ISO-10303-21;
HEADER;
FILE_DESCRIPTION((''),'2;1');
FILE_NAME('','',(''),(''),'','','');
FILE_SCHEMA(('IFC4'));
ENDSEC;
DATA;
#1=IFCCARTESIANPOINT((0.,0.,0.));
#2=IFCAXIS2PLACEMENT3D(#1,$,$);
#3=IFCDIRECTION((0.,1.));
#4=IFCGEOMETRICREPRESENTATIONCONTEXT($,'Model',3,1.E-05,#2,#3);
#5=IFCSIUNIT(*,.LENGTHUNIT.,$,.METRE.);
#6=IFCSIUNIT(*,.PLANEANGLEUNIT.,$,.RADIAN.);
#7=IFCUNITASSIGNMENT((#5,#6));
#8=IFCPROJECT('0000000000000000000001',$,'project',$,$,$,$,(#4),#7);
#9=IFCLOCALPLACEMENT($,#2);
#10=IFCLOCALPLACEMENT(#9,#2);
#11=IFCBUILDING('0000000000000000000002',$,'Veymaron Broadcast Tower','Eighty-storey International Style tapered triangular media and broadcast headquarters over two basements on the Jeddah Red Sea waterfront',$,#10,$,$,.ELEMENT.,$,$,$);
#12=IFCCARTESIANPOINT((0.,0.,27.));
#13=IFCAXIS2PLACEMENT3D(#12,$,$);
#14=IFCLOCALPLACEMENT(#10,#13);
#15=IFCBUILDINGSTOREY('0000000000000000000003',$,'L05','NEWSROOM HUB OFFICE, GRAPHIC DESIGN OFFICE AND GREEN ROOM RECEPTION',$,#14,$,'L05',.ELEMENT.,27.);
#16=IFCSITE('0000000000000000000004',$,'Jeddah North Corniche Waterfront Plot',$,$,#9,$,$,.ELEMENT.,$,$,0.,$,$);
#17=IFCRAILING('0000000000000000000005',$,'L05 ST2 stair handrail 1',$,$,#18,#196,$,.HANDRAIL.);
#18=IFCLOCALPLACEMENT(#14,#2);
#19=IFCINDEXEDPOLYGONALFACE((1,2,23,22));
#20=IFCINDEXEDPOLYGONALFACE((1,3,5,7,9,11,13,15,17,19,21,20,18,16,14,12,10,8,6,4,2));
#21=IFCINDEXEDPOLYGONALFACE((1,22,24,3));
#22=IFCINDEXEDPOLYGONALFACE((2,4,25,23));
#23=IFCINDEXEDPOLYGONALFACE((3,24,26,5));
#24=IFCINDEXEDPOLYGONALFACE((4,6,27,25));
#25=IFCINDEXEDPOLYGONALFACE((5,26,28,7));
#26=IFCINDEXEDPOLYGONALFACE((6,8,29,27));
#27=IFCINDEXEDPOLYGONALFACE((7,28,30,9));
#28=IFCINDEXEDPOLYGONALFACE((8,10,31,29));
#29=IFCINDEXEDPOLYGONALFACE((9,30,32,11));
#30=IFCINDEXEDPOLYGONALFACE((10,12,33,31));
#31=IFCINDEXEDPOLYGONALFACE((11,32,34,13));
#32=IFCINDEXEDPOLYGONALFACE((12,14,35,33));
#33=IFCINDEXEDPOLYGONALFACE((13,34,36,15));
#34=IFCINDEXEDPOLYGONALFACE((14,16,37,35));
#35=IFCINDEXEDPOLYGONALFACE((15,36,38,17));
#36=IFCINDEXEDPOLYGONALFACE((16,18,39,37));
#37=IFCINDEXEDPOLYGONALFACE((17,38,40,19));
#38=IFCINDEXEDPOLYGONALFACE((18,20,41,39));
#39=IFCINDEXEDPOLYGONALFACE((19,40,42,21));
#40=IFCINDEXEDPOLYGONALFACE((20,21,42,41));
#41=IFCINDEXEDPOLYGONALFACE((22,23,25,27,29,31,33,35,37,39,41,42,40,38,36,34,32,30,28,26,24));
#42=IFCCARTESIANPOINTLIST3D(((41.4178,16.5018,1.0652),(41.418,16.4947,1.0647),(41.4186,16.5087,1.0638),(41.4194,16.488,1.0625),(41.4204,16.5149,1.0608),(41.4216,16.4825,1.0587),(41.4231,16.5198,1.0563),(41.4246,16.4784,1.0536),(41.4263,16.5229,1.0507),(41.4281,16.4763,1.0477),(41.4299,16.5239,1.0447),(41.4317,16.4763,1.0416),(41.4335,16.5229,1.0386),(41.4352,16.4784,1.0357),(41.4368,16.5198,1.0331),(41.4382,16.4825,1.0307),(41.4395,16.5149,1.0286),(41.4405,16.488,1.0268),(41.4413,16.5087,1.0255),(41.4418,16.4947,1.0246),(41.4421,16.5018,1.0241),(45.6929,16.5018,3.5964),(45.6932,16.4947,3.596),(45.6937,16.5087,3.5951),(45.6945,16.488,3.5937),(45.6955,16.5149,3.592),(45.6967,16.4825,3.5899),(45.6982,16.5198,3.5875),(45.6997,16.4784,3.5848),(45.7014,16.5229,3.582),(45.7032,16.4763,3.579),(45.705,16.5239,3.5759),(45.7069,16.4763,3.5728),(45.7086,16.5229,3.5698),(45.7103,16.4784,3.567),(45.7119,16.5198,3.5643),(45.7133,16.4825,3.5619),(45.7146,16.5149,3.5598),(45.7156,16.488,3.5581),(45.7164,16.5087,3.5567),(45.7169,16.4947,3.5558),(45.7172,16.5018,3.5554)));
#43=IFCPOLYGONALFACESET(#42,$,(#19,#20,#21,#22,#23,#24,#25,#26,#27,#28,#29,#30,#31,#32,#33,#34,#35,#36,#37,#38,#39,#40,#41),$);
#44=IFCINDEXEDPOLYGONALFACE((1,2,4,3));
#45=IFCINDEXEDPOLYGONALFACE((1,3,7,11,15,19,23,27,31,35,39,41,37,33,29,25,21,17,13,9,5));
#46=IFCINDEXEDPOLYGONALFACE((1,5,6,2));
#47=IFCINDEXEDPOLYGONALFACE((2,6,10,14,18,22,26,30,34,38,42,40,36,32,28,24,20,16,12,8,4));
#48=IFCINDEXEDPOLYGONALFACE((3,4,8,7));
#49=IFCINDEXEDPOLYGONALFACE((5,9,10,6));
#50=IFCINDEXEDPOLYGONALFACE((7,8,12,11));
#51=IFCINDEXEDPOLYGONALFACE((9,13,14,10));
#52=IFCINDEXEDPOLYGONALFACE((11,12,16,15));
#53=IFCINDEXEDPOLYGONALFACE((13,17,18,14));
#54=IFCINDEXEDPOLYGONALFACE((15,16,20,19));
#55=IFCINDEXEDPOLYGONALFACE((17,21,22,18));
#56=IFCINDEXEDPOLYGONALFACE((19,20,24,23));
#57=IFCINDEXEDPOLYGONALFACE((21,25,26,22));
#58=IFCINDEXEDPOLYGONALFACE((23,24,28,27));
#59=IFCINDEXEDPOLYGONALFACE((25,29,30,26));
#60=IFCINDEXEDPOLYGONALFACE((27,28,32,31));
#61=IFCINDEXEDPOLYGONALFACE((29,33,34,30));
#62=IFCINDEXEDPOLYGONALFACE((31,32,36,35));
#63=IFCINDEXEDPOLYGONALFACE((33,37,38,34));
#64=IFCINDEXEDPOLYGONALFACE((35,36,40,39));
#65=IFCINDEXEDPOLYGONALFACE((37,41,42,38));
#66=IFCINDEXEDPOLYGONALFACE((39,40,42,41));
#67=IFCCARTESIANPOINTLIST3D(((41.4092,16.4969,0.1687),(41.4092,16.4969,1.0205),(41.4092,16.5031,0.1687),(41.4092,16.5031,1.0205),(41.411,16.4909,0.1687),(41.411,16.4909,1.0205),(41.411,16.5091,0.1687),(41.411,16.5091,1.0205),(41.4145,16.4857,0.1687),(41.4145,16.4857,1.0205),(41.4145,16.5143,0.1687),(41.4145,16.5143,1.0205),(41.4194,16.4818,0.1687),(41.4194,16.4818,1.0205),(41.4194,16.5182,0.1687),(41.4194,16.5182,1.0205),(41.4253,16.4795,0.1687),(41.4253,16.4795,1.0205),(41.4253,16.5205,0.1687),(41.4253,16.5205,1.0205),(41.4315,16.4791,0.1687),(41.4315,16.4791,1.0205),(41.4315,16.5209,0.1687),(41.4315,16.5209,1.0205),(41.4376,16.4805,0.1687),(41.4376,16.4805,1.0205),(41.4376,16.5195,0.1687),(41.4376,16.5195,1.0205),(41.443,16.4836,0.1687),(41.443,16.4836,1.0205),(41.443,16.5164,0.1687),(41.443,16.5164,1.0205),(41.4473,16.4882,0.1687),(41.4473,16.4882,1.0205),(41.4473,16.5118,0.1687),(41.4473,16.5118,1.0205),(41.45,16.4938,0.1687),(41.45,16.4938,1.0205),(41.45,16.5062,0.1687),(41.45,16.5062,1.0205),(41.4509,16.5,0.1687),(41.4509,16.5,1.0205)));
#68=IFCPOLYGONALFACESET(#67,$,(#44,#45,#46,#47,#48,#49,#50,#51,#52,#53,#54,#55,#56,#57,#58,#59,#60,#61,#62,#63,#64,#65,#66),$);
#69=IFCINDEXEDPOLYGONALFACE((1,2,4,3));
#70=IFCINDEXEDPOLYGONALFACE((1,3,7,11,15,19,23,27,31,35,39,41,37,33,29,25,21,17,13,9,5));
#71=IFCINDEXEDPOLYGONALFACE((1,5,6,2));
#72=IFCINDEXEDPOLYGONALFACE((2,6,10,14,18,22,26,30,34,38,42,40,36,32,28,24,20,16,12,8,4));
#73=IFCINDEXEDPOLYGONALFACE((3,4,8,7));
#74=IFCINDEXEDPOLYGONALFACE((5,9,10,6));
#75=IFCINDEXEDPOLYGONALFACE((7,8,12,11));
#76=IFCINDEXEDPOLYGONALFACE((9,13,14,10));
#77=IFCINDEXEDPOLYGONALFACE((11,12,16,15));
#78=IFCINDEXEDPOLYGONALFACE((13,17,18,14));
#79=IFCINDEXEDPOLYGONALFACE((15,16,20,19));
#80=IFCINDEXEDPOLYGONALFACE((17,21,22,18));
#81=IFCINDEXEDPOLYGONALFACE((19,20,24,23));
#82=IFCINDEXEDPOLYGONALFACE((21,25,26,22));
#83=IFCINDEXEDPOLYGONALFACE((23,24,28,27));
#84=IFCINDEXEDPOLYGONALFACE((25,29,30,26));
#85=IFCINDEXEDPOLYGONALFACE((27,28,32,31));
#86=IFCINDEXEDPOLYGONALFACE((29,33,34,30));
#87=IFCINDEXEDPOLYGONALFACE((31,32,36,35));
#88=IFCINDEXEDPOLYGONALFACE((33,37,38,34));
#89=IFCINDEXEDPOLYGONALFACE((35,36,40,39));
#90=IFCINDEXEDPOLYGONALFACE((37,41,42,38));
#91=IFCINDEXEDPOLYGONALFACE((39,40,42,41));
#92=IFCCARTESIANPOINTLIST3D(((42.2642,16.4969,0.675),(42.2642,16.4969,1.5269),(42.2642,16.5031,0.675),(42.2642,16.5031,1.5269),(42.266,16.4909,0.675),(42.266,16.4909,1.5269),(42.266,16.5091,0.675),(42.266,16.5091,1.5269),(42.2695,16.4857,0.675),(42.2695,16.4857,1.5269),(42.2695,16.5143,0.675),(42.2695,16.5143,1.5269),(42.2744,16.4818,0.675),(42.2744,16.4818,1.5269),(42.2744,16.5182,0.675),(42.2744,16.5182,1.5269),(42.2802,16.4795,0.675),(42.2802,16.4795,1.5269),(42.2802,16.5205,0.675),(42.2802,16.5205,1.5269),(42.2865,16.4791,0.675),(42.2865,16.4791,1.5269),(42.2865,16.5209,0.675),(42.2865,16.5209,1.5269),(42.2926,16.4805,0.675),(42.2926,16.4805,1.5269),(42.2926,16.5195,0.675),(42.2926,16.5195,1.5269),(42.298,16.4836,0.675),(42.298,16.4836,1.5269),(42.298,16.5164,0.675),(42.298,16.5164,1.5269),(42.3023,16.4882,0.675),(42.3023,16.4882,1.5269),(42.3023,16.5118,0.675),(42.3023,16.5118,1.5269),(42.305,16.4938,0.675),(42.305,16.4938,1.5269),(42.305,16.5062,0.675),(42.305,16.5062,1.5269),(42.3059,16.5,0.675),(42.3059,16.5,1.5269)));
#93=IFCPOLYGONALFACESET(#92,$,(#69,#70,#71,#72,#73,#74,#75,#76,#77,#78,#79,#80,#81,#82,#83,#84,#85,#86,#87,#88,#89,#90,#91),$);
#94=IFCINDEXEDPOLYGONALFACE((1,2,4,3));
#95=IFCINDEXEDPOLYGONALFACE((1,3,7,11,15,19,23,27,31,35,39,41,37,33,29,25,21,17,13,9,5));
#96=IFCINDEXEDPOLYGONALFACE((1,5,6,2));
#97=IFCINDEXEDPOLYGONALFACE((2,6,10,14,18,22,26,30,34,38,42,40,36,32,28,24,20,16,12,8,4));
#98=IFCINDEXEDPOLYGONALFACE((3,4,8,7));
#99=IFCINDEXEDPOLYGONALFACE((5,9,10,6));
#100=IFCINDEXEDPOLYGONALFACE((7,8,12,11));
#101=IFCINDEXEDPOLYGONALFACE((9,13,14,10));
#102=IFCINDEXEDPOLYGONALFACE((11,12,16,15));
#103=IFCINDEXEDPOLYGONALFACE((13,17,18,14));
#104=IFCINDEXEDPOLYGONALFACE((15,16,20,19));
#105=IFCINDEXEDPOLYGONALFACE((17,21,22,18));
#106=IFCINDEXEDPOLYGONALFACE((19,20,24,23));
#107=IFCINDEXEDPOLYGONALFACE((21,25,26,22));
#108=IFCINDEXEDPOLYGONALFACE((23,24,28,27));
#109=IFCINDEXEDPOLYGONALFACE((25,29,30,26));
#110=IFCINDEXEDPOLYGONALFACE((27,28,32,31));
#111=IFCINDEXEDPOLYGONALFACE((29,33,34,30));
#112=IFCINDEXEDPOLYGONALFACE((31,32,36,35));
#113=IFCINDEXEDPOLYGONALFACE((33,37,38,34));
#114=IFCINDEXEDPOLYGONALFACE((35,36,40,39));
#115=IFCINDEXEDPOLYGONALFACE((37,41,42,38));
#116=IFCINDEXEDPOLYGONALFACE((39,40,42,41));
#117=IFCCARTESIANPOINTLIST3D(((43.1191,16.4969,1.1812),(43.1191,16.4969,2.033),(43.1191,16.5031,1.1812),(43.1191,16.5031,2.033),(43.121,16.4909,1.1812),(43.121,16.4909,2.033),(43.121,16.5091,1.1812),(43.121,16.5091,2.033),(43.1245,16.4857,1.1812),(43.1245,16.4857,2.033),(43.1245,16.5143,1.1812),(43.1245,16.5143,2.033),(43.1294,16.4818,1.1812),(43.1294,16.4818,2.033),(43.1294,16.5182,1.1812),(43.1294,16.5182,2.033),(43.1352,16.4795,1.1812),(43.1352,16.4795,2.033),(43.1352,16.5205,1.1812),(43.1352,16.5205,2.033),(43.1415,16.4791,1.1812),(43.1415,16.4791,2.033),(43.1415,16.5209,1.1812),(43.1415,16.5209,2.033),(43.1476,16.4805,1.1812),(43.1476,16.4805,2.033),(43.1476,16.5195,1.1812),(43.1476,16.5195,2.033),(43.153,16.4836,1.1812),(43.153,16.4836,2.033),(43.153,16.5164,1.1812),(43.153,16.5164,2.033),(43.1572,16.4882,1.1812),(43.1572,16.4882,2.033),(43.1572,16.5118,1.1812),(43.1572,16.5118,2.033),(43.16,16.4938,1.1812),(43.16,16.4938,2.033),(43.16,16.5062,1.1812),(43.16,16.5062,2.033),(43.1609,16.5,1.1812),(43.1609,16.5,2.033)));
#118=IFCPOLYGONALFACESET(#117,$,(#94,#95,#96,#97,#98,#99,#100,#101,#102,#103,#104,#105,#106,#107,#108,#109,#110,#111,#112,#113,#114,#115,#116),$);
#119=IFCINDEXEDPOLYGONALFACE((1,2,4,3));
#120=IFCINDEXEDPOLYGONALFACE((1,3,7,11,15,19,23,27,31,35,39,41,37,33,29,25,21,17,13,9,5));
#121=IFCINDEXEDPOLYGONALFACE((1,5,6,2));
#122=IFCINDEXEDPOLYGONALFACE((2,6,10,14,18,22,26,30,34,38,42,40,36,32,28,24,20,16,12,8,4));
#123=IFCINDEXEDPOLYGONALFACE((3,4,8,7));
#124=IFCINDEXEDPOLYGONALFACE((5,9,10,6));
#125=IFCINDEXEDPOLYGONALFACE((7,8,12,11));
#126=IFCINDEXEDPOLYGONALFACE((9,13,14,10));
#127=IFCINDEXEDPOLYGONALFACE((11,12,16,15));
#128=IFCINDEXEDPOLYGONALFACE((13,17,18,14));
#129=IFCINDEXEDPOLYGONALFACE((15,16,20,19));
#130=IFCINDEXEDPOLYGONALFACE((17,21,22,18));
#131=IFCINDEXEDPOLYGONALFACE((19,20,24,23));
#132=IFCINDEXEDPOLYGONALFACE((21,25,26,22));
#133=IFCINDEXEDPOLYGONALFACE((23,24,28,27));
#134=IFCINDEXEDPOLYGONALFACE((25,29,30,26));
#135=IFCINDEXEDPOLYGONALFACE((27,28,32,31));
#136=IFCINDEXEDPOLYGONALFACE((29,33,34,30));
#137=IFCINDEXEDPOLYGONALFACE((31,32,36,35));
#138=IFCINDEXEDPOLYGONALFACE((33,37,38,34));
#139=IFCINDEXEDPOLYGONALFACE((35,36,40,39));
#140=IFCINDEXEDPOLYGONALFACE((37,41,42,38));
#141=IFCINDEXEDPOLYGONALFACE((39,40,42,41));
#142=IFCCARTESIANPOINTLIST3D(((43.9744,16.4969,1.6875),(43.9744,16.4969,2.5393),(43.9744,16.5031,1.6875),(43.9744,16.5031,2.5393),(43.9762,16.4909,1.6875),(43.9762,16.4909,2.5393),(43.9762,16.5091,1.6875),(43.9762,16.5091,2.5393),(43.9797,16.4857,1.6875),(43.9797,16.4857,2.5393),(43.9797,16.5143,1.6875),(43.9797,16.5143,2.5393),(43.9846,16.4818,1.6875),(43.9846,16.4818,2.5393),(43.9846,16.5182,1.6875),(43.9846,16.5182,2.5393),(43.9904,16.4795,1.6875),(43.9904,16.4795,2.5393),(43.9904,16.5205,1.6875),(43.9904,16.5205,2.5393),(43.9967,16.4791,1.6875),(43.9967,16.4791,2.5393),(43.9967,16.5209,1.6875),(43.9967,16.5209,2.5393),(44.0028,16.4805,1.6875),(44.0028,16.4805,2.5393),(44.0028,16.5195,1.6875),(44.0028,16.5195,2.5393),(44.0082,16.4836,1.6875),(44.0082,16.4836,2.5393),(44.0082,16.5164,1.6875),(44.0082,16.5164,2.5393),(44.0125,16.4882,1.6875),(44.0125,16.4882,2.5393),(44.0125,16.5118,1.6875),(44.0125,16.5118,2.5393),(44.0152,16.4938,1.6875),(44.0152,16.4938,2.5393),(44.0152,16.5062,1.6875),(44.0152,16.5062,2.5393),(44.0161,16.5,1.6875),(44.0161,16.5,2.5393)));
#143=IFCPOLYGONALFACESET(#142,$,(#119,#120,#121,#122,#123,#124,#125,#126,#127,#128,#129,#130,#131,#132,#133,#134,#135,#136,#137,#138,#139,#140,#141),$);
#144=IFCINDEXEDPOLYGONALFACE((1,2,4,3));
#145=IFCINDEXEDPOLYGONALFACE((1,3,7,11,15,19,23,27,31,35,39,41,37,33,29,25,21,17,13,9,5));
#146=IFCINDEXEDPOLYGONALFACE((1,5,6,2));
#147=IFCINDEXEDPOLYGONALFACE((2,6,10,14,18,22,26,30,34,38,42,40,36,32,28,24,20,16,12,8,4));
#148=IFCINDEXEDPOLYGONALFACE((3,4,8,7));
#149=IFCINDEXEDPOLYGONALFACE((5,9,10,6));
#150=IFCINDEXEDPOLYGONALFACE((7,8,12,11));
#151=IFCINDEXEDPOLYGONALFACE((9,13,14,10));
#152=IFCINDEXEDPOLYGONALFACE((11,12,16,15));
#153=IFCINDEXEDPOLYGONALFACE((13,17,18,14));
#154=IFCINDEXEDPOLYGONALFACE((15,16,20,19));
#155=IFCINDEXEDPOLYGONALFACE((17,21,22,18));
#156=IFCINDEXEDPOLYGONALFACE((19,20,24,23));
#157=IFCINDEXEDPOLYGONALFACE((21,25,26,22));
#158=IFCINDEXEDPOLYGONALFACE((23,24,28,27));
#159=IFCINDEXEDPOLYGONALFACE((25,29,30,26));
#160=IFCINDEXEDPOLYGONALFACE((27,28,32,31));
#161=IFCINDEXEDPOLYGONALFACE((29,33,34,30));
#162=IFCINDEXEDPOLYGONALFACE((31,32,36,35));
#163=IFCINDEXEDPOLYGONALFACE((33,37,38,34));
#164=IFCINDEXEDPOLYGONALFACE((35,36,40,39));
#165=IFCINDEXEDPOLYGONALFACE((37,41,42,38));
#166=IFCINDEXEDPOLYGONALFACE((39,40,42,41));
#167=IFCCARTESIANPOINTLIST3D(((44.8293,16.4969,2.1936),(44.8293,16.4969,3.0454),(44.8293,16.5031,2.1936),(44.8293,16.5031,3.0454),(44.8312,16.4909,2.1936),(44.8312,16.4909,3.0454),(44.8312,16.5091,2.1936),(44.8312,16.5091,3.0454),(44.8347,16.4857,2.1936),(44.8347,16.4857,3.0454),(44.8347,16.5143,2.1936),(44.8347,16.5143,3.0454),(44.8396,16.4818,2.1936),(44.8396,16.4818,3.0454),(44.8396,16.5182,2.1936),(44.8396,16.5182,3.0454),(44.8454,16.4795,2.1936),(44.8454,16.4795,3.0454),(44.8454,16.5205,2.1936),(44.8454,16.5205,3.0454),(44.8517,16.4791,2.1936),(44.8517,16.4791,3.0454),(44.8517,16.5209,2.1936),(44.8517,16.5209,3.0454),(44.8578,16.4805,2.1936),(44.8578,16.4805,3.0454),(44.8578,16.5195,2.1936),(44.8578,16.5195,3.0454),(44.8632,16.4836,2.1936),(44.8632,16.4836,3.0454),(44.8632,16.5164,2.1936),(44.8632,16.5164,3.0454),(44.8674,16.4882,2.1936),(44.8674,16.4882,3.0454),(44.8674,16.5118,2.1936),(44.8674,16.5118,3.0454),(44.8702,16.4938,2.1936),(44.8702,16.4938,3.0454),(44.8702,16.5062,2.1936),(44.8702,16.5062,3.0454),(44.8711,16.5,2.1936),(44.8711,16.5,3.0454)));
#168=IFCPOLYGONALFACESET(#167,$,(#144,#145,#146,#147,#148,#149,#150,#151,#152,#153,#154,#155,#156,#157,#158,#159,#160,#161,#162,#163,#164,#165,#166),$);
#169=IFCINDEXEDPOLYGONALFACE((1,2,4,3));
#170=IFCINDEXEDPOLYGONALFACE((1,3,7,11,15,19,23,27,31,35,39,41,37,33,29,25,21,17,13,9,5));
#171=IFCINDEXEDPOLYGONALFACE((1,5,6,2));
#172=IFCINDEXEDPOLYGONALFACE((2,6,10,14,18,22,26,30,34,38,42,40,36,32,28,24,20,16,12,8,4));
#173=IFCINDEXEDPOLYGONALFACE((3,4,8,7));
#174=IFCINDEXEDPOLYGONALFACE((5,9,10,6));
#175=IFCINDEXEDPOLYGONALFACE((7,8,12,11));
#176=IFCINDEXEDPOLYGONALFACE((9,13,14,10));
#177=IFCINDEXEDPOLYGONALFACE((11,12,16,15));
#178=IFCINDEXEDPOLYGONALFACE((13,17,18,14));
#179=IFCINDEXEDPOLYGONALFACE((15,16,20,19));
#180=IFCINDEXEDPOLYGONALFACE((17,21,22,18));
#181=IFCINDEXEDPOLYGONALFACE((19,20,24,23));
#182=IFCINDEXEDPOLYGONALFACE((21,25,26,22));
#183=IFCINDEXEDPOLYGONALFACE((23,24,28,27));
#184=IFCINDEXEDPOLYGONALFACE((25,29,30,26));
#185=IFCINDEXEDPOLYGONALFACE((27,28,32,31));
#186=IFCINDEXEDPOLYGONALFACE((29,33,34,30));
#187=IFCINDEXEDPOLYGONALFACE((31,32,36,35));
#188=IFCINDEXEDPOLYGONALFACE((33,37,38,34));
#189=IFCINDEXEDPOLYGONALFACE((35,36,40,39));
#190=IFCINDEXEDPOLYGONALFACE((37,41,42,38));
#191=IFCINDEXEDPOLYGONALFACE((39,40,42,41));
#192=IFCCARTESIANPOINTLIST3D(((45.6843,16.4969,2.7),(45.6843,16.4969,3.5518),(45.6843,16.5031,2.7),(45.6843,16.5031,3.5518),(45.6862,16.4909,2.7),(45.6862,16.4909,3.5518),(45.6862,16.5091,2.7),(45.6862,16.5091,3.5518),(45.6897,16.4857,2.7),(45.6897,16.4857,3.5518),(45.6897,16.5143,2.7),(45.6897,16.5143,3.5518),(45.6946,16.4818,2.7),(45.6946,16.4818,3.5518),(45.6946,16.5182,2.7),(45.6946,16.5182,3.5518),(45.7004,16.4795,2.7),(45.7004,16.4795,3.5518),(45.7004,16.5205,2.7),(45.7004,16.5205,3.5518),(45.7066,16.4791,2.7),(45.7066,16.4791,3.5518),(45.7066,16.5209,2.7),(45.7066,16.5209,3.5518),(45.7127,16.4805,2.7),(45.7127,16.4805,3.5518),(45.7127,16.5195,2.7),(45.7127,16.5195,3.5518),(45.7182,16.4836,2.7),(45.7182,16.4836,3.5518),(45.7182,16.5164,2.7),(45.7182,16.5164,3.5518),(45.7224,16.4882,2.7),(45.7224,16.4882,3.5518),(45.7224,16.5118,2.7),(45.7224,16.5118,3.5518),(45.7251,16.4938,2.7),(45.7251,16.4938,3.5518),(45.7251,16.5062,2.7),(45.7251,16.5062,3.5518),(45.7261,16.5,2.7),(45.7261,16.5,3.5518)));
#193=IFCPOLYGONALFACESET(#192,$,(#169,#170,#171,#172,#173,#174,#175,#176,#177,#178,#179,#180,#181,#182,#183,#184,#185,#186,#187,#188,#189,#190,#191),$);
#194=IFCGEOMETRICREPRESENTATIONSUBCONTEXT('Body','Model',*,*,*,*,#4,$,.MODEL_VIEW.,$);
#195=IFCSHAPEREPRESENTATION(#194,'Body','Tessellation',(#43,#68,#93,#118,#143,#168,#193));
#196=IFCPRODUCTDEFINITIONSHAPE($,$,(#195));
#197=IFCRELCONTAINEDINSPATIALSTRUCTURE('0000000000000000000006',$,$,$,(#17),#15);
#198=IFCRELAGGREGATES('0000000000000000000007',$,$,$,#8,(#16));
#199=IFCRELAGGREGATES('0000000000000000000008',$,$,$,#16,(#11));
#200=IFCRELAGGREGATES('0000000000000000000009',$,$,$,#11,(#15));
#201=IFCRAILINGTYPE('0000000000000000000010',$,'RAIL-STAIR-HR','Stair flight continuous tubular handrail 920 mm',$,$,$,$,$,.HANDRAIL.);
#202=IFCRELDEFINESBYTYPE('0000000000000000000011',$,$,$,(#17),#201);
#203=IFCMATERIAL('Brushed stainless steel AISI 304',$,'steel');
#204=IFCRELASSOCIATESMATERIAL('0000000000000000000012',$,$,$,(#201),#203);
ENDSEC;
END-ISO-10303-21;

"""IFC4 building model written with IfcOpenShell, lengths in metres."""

from ifc_helpers import new_model, si_unit, direction, frame, origin, origin_2d, place, context, subcontext, project, spatial, circle, extrude, material, type_object, element, save


model = new_model("IFC4")

# Units and contexts
model_context = context("Model", 3, precision=1e-05, world=origin(), true_north=direction((0.0, 1.0)))
body_context = subcontext(model_context, "Body", "Model", "MODEL_VIEW")
ifc_project = project(units=[si_unit("LENGTHUNIT", "METRE"), si_unit("PLANEANGLEUNIT", "RADIAN")], contexts=[model_context])

# Site, building, storey
site_placement = place(None, origin())
site = spatial("IfcSite", under=ifc_project, at=site_placement, Name="Jeddah North Corniche Waterfront Plot", CompositionType="ELEMENT", RefElevation=0.0)
building_placement = place(site_placement, origin())
building = spatial("IfcBuilding", under=site, at=building_placement, Name="Veymaron Broadcast Tower", Description="Eighty-storey International Style tapered triangular media and broadcast headquarters over two basements on the Jeddah Red Sea waterfront", CompositionType="ELEMENT")
storey_placement = place(building_placement, frame((0.0, 0.0, 27.0)))
storey = spatial("IfcBuildingStorey", under=building, at=storey_placement, Name="L05", Description="NEWSROOM HUB OFFICE, GRAPHIC DESIGN OFFICE AND GREEN ROOM RECEPTION", LongName="L05", CompositionType="ELEMENT", Elevation=27.0)

# Shared definitions
ifc_material_1 = material(Name="Brushed stainless steel AISI 304", Category="steel")

# Railing
railing_type_1 = type_object("IfcRailingType", Name="RAIL-STAIR-HR", Description="Stair flight continuous tubular handrail 920 mm", PredefinedType="HANDRAIL", material=ifc_material_1)
railing_1_placement = place(storey_placement, frame((41.4299, 16.5, 0.1687)))
element("IfcRailing", 1, at=railing_1_placement, inside=storey, type_object=railing_type_1, Name="L05 ST2 stair handrail 1", PredefinedType="HANDRAIL", context=body_context, shape_type="SweptSolid", body=[
    extrude(circle(Radius=0.0239, at=origin_2d()), frame((0.0, 0.0, 0.876), z_axis=(0.860483, 0.0, 0.509479), x_axis=(0.0, 1.0, 0.0)), (0.0, 0.0, 1.0), 4.9683),
    extrude(circle(Radius=0.021, at=origin_2d()), origin(), (0.0, 0.0, 1.0), 0.8518),
    extrude(circle(Radius=0.021, at=origin_2d()), frame((0.855, 0.0, 0.5063)), (0.0, 0.0, 1.0), 0.8518),
    extrude(circle(Radius=0.021, at=origin_2d()), frame((1.71, 0.0, 1.0125)), (0.0, 0.0, 1.0), 0.8518),
    extrude(circle(Radius=0.021, at=origin_2d()), frame((2.5652, 0.0, 1.5188)), (0.0, 0.0, 1.0), 0.8518),
    extrude(circle(Radius=0.021, at=origin_2d()), frame((3.4202, 0.0, 2.0249)), (0.0, 0.0, 1.0), 0.8518),
    extrude(circle(Radius=0.021, at=origin_2d()), frame((4.2751, 0.0, 2.5312)), (0.0, 0.0, 1.0), 0.8518),
])

save(model, "model.ifc")
